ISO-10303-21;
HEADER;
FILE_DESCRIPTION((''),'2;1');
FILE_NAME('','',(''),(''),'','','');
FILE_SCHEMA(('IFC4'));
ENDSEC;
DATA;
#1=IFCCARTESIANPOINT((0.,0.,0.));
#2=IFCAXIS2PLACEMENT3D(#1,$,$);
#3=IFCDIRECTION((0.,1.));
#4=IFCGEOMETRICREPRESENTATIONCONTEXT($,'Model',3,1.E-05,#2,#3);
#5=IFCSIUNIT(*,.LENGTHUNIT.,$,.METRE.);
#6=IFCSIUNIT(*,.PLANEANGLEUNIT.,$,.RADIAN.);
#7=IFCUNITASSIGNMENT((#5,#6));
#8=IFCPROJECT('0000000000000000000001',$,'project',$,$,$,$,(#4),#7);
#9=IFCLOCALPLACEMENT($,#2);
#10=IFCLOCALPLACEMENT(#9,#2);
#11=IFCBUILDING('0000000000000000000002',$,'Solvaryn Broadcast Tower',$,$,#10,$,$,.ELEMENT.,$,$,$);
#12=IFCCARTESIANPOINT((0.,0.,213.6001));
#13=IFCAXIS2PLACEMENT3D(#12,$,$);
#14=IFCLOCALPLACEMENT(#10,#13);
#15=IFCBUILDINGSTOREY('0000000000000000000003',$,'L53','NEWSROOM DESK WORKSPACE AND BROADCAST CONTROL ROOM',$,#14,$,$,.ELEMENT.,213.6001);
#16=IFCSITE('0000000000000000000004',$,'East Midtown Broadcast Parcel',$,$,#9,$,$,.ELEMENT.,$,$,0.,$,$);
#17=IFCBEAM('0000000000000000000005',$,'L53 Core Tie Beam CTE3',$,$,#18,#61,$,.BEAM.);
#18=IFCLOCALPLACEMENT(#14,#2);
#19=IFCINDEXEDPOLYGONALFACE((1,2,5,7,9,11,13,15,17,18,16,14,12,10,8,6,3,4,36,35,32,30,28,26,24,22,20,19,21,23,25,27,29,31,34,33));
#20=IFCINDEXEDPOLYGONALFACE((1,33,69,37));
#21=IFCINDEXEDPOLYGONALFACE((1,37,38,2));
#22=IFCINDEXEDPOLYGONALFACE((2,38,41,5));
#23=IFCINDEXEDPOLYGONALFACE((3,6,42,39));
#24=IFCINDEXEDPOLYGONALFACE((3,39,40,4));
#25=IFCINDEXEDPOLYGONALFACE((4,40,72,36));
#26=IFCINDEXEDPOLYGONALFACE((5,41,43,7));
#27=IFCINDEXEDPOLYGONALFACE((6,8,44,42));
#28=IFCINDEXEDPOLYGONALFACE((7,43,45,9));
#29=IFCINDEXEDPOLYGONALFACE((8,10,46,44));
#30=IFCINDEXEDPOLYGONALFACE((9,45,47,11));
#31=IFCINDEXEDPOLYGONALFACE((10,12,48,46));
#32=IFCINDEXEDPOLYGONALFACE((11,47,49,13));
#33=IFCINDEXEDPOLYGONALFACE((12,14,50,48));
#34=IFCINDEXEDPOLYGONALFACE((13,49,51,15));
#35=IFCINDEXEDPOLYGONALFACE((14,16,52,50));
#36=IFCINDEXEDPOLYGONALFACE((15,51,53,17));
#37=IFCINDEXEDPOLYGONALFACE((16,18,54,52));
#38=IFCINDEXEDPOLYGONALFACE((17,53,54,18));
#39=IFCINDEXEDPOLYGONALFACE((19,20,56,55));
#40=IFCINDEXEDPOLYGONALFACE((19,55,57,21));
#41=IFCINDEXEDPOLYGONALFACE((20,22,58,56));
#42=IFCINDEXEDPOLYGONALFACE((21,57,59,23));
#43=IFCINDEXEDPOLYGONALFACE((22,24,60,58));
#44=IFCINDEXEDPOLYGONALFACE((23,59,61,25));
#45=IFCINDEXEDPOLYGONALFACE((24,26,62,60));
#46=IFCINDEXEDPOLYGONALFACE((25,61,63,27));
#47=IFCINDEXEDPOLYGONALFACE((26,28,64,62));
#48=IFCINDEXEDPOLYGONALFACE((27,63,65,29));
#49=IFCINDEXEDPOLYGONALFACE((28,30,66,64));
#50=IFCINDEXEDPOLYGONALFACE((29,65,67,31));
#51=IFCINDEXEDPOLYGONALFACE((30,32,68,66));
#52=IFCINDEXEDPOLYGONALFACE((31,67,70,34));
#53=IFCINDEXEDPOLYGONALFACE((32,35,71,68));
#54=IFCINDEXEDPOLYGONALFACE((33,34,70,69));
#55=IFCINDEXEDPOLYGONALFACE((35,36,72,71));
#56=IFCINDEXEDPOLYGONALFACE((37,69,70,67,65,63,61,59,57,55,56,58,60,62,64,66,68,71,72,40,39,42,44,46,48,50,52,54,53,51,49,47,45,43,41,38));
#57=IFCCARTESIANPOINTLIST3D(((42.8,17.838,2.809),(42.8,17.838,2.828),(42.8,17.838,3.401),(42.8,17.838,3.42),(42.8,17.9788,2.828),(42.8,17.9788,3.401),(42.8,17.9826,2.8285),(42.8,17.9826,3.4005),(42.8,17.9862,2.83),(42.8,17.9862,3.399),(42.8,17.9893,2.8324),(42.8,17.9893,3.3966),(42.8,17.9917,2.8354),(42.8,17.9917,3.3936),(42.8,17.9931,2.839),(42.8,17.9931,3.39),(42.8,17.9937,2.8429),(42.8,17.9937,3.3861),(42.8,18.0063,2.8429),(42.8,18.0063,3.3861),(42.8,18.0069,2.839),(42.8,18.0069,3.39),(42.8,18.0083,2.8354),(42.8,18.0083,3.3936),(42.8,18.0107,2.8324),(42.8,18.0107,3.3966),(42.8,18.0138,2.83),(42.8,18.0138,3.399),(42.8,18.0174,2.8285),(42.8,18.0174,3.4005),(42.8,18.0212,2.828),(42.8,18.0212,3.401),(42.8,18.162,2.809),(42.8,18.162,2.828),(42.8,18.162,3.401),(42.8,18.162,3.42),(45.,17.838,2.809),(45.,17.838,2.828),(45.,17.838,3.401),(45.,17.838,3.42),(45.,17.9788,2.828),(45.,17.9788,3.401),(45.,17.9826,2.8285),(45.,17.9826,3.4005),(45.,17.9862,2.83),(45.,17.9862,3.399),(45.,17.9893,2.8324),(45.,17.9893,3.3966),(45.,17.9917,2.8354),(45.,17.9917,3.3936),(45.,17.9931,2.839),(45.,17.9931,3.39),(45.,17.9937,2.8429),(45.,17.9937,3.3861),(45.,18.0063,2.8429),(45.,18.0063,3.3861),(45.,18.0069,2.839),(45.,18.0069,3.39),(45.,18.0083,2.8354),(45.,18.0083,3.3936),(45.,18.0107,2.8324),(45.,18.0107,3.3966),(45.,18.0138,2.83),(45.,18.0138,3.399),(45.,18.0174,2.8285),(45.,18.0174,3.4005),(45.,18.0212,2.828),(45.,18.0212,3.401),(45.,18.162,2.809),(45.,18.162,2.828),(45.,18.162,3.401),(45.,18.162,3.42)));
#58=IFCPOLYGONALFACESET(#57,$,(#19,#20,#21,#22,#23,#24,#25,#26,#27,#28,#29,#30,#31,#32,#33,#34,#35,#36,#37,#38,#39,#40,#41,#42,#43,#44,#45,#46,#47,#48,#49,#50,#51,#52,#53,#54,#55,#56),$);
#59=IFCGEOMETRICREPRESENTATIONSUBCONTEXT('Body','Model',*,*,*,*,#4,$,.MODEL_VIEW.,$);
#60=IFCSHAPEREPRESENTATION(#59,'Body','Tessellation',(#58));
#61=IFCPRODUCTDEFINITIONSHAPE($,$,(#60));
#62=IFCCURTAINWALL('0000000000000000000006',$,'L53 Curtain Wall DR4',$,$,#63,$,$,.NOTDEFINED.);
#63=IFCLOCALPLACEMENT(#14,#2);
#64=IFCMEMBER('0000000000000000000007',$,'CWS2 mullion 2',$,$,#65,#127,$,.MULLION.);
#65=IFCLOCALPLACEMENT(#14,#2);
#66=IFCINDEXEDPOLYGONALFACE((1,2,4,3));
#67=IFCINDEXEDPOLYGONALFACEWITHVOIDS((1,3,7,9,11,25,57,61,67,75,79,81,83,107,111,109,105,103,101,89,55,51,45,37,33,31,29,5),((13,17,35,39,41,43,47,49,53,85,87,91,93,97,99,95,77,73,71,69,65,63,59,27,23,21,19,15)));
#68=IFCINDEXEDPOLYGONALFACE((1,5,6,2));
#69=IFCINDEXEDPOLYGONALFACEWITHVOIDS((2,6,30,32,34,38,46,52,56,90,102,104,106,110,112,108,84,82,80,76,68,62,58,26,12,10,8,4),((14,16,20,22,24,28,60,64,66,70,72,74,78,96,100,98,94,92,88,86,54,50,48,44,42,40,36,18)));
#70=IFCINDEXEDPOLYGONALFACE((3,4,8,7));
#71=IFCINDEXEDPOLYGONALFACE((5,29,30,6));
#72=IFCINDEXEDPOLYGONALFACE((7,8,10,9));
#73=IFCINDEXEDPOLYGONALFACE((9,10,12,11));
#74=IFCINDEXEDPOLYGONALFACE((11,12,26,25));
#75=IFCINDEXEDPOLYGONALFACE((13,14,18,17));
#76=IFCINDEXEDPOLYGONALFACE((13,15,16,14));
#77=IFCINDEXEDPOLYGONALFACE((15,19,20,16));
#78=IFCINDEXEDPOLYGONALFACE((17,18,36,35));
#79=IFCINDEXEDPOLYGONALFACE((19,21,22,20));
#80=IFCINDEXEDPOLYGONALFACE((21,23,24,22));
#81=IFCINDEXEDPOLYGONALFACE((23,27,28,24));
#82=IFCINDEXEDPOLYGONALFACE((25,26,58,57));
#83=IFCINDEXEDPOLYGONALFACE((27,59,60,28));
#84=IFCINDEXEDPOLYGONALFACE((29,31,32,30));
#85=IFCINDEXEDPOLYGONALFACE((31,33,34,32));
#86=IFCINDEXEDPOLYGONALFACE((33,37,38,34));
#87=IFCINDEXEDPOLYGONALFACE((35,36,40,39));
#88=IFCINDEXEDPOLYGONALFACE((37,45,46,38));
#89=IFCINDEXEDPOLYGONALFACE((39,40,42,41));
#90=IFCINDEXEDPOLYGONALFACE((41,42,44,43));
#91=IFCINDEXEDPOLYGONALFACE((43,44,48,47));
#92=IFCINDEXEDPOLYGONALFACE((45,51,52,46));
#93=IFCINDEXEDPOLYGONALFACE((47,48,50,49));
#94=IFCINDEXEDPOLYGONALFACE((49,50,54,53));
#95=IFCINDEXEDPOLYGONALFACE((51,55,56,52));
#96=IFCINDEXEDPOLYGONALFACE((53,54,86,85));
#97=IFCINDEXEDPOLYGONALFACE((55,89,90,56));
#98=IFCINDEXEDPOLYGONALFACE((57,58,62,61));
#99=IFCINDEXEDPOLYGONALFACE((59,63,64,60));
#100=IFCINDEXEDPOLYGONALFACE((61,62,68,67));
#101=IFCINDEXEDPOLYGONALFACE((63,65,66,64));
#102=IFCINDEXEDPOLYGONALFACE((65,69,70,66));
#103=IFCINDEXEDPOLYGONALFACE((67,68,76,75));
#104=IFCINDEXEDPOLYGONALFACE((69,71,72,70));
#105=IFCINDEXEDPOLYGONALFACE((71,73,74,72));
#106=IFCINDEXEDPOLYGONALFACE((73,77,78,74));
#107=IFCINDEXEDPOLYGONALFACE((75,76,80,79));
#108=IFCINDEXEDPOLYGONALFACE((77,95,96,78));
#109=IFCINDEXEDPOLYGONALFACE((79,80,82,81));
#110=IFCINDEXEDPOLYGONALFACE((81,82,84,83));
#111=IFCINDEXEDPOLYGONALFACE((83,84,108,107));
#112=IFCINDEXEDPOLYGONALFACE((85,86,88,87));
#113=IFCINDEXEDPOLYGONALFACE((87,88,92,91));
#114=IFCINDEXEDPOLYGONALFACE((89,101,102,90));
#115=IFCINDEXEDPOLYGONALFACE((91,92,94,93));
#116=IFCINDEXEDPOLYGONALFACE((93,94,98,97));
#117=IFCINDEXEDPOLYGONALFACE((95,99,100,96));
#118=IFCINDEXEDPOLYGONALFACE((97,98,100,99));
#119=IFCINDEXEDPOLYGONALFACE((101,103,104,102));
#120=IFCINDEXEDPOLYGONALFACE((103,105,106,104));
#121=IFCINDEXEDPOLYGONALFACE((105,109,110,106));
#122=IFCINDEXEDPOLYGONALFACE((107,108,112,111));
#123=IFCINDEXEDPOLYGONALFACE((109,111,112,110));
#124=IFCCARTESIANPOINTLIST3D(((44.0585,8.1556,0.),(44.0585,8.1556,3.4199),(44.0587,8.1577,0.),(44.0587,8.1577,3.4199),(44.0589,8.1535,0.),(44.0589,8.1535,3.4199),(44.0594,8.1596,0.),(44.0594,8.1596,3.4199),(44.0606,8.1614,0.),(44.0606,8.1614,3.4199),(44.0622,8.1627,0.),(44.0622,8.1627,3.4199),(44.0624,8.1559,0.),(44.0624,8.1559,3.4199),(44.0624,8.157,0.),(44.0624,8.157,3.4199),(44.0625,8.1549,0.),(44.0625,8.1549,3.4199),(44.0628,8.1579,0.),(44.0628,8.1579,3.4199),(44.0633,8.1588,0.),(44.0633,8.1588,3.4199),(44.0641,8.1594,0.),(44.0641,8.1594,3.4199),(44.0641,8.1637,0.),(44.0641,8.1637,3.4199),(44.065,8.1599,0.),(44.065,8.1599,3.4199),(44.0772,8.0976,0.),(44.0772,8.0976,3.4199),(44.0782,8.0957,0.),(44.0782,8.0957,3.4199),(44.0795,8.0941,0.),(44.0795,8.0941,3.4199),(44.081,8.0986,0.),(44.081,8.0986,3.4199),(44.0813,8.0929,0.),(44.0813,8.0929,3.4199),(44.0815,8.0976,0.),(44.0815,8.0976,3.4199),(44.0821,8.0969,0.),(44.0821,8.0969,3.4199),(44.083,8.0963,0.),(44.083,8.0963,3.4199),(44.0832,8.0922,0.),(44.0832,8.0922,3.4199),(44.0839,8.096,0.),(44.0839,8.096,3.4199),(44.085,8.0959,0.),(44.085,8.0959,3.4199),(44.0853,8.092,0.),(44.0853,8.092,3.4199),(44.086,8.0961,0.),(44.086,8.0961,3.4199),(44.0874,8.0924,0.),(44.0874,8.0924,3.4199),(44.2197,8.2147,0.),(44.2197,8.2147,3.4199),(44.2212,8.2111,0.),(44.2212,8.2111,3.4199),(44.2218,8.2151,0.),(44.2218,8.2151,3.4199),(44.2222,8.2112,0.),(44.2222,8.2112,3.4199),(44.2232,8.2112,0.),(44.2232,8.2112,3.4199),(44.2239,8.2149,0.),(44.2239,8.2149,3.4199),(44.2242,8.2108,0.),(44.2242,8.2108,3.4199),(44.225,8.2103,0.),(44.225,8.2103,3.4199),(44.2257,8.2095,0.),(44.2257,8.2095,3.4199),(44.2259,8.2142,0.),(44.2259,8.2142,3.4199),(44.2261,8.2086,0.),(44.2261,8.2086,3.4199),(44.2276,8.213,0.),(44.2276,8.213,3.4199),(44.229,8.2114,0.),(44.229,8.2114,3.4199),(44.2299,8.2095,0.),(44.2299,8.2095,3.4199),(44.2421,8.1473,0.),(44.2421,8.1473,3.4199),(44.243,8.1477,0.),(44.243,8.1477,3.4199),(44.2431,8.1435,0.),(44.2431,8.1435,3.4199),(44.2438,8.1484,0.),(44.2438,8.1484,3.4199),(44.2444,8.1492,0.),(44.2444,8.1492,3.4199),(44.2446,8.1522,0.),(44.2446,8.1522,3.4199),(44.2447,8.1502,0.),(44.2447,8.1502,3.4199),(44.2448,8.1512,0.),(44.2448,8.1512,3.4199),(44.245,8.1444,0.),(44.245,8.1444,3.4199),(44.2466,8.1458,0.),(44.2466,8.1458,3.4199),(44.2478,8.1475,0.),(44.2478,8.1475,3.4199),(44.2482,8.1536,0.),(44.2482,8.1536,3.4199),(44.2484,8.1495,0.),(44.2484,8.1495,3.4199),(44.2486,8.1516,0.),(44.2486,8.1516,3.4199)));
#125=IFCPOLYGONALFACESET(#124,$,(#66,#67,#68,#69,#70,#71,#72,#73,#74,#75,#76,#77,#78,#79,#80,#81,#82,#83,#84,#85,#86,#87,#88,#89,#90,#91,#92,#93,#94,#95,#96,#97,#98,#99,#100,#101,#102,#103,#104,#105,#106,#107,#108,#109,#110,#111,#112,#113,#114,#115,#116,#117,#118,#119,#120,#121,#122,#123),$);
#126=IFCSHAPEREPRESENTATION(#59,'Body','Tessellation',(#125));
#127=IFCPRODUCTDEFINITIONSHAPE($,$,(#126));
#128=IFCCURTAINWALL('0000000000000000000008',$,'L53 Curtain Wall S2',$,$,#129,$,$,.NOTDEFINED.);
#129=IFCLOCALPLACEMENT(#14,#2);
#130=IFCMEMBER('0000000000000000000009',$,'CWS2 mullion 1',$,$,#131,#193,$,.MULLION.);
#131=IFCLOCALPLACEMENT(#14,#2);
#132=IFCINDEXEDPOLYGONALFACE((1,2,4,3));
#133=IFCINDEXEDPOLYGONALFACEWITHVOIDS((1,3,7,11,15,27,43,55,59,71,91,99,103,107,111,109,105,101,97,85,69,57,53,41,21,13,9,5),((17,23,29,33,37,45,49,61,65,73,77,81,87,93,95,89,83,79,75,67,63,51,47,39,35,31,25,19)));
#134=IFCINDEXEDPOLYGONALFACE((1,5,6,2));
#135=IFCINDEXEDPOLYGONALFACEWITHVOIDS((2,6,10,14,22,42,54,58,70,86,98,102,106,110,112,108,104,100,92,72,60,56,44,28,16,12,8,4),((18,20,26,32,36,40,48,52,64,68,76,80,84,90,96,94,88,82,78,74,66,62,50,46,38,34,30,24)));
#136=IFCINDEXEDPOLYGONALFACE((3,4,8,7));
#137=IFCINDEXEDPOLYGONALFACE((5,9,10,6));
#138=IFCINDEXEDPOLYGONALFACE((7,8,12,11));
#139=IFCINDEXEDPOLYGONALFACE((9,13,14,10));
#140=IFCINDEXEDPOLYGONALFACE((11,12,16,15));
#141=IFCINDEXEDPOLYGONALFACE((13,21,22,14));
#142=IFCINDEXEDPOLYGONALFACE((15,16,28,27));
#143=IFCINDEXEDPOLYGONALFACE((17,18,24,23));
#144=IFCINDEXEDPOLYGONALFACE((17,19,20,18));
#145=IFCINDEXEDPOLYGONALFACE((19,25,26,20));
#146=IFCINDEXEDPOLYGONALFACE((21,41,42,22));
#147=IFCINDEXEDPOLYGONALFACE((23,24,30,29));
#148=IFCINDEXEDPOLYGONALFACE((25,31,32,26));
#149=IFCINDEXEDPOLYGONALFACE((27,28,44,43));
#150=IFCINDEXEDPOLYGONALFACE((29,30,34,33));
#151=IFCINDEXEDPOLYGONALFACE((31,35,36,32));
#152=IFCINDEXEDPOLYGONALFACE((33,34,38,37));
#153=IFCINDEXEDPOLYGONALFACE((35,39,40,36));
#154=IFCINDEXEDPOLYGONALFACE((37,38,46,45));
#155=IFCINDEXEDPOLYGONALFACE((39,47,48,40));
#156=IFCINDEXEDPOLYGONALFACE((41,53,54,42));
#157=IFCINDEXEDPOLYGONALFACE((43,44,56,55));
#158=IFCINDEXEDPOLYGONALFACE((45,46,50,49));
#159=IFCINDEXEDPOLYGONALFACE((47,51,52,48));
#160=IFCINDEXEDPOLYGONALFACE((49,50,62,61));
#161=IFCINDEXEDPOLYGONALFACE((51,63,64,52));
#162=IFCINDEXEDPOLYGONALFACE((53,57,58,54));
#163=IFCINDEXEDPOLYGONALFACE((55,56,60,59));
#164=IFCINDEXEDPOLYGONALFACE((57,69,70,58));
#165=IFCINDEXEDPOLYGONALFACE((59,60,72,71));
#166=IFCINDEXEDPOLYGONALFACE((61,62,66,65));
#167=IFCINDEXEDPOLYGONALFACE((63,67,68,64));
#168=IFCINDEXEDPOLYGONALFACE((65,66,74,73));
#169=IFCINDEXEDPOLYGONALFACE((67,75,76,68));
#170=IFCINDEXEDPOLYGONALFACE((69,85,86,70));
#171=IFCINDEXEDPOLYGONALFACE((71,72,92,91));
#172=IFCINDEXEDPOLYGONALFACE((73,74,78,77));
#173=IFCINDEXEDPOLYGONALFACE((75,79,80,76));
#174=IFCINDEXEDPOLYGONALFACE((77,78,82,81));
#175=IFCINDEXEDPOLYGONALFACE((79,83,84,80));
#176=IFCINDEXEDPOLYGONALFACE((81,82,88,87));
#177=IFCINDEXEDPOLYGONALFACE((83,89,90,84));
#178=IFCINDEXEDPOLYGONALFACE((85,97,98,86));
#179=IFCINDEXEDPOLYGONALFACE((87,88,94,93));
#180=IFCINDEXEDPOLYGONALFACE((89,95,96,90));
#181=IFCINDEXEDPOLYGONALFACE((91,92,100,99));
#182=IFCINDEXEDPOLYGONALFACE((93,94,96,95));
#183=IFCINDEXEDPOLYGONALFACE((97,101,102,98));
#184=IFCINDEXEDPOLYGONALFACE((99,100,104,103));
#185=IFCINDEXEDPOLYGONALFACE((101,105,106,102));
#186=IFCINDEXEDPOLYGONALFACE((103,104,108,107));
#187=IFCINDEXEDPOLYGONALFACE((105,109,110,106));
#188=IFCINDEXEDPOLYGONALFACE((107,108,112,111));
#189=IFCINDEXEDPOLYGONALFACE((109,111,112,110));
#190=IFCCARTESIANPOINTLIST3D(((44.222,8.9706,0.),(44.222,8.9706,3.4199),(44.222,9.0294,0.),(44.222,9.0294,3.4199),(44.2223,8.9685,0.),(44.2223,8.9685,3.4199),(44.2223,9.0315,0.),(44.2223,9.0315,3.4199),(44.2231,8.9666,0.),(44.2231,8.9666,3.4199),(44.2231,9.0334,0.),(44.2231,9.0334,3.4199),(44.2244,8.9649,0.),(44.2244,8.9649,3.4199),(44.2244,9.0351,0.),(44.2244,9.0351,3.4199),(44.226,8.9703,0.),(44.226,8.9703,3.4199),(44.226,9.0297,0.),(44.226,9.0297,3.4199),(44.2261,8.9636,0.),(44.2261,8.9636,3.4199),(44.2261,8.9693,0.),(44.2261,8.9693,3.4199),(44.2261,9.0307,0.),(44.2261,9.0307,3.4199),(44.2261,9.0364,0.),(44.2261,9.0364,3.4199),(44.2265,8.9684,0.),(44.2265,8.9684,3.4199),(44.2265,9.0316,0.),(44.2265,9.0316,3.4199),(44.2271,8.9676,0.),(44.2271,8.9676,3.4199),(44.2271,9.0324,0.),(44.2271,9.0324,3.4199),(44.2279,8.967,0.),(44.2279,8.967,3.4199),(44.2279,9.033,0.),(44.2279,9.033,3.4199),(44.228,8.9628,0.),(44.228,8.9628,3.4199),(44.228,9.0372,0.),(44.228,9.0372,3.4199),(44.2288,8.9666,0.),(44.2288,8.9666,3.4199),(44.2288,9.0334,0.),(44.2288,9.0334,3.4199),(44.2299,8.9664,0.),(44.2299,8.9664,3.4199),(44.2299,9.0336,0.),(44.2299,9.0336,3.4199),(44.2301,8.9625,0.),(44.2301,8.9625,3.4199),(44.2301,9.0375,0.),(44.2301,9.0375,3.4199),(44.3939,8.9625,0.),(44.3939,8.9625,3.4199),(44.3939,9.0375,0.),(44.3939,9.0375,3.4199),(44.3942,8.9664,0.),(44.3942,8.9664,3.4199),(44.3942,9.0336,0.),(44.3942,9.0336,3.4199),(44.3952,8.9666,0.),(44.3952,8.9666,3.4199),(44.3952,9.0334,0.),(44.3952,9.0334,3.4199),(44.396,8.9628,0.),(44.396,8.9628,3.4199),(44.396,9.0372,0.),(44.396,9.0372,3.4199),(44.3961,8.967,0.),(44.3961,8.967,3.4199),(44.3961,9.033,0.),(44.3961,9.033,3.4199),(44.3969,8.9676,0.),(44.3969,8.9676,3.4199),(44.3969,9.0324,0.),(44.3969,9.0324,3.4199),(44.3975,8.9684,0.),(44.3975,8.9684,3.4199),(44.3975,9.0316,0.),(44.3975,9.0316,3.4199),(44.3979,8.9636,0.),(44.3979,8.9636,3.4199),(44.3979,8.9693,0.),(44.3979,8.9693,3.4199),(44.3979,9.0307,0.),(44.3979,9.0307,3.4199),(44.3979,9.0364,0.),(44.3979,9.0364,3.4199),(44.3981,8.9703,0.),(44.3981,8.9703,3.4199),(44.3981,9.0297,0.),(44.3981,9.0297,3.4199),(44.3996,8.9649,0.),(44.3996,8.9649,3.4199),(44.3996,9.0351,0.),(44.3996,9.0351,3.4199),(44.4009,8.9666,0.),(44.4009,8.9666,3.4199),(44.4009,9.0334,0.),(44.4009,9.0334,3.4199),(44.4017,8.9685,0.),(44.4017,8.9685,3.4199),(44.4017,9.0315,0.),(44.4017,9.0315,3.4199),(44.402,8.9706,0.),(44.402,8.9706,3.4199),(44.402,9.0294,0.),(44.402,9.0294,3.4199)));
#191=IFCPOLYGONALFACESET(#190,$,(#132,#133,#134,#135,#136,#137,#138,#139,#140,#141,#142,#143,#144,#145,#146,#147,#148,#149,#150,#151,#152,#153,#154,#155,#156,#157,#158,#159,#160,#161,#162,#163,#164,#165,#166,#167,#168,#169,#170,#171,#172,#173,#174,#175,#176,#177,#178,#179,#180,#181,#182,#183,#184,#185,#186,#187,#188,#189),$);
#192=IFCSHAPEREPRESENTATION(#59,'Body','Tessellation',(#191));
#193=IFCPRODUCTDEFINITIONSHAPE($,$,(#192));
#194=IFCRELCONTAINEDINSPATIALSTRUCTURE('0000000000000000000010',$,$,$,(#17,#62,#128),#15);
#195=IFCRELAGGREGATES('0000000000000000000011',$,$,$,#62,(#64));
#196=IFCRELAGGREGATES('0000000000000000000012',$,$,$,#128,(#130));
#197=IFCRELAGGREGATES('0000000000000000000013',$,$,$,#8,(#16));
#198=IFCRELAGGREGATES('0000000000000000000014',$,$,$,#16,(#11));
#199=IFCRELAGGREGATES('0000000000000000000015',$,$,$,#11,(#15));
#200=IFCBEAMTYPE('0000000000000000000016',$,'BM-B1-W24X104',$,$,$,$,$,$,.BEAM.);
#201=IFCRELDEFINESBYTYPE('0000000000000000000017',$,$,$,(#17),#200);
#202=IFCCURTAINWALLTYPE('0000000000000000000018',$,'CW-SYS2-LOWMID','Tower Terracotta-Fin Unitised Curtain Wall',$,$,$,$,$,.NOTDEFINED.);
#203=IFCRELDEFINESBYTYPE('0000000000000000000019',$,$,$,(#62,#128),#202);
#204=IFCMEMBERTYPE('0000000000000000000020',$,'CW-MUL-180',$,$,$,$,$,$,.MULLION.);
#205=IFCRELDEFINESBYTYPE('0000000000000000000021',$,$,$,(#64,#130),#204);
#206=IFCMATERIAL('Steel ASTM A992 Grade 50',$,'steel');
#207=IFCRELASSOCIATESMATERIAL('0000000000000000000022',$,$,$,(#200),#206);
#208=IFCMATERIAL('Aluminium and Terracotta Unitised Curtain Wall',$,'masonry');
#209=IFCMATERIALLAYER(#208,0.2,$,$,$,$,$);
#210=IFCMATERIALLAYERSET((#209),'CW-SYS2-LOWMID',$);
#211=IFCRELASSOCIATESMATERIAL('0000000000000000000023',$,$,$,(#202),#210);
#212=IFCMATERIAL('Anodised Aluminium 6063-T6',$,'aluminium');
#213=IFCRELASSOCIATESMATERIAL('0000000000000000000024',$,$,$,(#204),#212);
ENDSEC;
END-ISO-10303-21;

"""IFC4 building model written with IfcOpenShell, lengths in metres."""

from ifc_helpers import new_model, si_unit, direction, frame, origin, origin_2d, place, context, subcontext, project, spatial, hollow_rectangle, i_section, extrude, material, layer, layer_set, material_profile, profile_set, type_object, element, aggregate, save


model = new_model("IFC4")

# Units and contexts
model_context = context("Model", 3, precision=1e-05, world=origin(), true_north=direction((0.0, 1.0)))
body_context = subcontext(model_context, "Body", "Model", "MODEL_VIEW")
ifc_project = project(units=[si_unit("LENGTHUNIT", "METRE"), si_unit("PLANEANGLEUNIT", "RADIAN")], contexts=[model_context])

# Site, building, storey
site_placement = place(None, origin())
site = spatial("IfcSite", under=ifc_project, at=site_placement, Name="East Midtown Broadcast Parcel", CompositionType="ELEMENT", RefElevation=0.0)
building_placement = place(site_placement, origin())
building = spatial("IfcBuilding", under=site, at=building_placement, Name="Solvaryn Broadcast Tower", CompositionType="ELEMENT")
storey_placement = place(building_placement, frame((0.0, 0.0, 213.6001)))
storey = spatial("IfcBuildingStorey", under=building, at=storey_placement, Name="L53", Description="NEWSROOM DESK WORKSPACE AND BROADCAST CONTROL ROOM", CompositionType="ELEMENT", Elevation=213.6001)

# Beam
ifc_material_1 = material(Name="Steel ASTM A992 Grade 50", Category="steel")
ifc_material_profile_1 = material_profile(ifc_material_1, i_section(OverallWidth=0.324, OverallDepth=0.6111, WebThickness=0.0127, FlangeThickness=0.019, FilletRadius=0.0149, at=origin_2d()))
ifc_profile_set_1 = profile_set([ifc_material_profile_1], Name="Steel ASTM A992 Grade 50")
beam_type = type_object("IfcBeamType", Name="BM-B1-W24X104", PredefinedType="BEAM", material=ifc_profile_set_1)
for number, where, z_axis, x_axis, name in (
    (1, (42.8, 18.0, 3.1145), (1.0, 0.0, 0.0), (0.0, 1.0, 0.0), "L53 Core Tie Beam CTE3"),
):
    element("IfcBeam", number, at=place(storey_placement, frame(where, z_axis=z_axis, x_axis=x_axis)), inside=storey, type_object=beam_type, Name=name, PredefinedType="BEAM", context=body_context, shape_type="SweptSolid", body=[
        extrude(i_section(OverallWidth=0.324, OverallDepth=0.6111, WebThickness=0.0127, FlangeThickness=0.019, FilletRadius=0.0149, at=origin_2d()), origin(), (0.0, 0.0, 1.0), 2.2),
    ])

# Curtain wall, member
ifc_material_2 = material(Name="Aluminium and Terracotta Unitised Curtain Wall", Category="masonry")
ifc_layer_1 = layer(ifc_material_2, 0.2)
ifc_layer_set_1 = layer_set([ifc_layer_1], Name="CW-SYS2-LOWMID")
curtain_wall_type = type_object("IfcCurtainWallType", Name="CW-SYS2-LOWMID", Description="Tower Terracotta-Fin Unitised Curtain Wall", PredefinedType="NOTDEFINED", material=ifc_layer_set_1)
curtain_wall_1_placement = place(storey_placement, origin())
curtain_wall_1 = element("IfcCurtainWall", 2, at=curtain_wall_1_placement, inside=storey, type_object=curtain_wall_type, Name="L53 Curtain Wall DR4", PredefinedType="NOTDEFINED")
ifc_material_3 = material(Name="Anodised Aluminium 6063-T6", Category="aluminium")
ifc_material_profile_2 = material_profile(ifc_material_3, hollow_rectangle(XDim=0.075, YDim=0.1799, WallThickness=0.0039, InnerFilletRadius=0.0039, OuterFilletRadius=0.0081, at=origin_2d()))
ifc_profile_set_2 = profile_set([ifc_material_profile_2], Name="Anodised Aluminium 6063-T6")
member_type_1 = type_object("IfcMemberType", Name="CW-MUL-180", PredefinedType="MULLION", material=ifc_profile_set_2)
member_1_placement = place(storey_placement, frame((44.1536, 8.1536, 0.0), z_axis=(0.0, 0.0, 1.0), x_axis=(-0.311559, 0.950227, 0.0)))
member_1 = element("IfcMember", 3, at=member_1_placement, type_object=member_type_1, Name="CWS2 mullion 2", PredefinedType="MULLION", context=body_context, shape_type="SweptSolid", body=[
    extrude(hollow_rectangle(XDim=0.075, YDim=0.1799, WallThickness=0.0039, InnerFilletRadius=0.0039, OuterFilletRadius=0.0081, at=origin_2d()), origin(), (0.0, 0.0, 1.0), 3.4199),
])
aggregate(curtain_wall_1, [member_1])

# Curtain wall, member
curtain_wall_2_placement = place(storey_placement, origin())
curtain_wall_2 = element("IfcCurtainWall", 4, at=curtain_wall_2_placement, inside=storey, type_object=curtain_wall_type, Name="L53 Curtain Wall S2", PredefinedType="NOTDEFINED")
member_2_placement = place(storey_placement, frame((44.312, 9.0, 0.0), z_axis=(0.0, 0.0, 1.0), x_axis=(0.0, 1.0, 0.0)))
member_2 = element("IfcMember", 5, at=member_2_placement, type_object=member_type_1, Name="CWS2 mullion 1", PredefinedType="MULLION", context=body_context, shape_type="SweptSolid", body=[
    extrude(hollow_rectangle(XDim=0.075, YDim=0.1799, WallThickness=0.0039, InnerFilletRadius=0.0039, OuterFilletRadius=0.0081, at=origin_2d()), origin(), (0.0, 0.0, 1.0), 3.4199),
])
aggregate(curtain_wall_2, [member_2])

save(model, "model.ifc")
